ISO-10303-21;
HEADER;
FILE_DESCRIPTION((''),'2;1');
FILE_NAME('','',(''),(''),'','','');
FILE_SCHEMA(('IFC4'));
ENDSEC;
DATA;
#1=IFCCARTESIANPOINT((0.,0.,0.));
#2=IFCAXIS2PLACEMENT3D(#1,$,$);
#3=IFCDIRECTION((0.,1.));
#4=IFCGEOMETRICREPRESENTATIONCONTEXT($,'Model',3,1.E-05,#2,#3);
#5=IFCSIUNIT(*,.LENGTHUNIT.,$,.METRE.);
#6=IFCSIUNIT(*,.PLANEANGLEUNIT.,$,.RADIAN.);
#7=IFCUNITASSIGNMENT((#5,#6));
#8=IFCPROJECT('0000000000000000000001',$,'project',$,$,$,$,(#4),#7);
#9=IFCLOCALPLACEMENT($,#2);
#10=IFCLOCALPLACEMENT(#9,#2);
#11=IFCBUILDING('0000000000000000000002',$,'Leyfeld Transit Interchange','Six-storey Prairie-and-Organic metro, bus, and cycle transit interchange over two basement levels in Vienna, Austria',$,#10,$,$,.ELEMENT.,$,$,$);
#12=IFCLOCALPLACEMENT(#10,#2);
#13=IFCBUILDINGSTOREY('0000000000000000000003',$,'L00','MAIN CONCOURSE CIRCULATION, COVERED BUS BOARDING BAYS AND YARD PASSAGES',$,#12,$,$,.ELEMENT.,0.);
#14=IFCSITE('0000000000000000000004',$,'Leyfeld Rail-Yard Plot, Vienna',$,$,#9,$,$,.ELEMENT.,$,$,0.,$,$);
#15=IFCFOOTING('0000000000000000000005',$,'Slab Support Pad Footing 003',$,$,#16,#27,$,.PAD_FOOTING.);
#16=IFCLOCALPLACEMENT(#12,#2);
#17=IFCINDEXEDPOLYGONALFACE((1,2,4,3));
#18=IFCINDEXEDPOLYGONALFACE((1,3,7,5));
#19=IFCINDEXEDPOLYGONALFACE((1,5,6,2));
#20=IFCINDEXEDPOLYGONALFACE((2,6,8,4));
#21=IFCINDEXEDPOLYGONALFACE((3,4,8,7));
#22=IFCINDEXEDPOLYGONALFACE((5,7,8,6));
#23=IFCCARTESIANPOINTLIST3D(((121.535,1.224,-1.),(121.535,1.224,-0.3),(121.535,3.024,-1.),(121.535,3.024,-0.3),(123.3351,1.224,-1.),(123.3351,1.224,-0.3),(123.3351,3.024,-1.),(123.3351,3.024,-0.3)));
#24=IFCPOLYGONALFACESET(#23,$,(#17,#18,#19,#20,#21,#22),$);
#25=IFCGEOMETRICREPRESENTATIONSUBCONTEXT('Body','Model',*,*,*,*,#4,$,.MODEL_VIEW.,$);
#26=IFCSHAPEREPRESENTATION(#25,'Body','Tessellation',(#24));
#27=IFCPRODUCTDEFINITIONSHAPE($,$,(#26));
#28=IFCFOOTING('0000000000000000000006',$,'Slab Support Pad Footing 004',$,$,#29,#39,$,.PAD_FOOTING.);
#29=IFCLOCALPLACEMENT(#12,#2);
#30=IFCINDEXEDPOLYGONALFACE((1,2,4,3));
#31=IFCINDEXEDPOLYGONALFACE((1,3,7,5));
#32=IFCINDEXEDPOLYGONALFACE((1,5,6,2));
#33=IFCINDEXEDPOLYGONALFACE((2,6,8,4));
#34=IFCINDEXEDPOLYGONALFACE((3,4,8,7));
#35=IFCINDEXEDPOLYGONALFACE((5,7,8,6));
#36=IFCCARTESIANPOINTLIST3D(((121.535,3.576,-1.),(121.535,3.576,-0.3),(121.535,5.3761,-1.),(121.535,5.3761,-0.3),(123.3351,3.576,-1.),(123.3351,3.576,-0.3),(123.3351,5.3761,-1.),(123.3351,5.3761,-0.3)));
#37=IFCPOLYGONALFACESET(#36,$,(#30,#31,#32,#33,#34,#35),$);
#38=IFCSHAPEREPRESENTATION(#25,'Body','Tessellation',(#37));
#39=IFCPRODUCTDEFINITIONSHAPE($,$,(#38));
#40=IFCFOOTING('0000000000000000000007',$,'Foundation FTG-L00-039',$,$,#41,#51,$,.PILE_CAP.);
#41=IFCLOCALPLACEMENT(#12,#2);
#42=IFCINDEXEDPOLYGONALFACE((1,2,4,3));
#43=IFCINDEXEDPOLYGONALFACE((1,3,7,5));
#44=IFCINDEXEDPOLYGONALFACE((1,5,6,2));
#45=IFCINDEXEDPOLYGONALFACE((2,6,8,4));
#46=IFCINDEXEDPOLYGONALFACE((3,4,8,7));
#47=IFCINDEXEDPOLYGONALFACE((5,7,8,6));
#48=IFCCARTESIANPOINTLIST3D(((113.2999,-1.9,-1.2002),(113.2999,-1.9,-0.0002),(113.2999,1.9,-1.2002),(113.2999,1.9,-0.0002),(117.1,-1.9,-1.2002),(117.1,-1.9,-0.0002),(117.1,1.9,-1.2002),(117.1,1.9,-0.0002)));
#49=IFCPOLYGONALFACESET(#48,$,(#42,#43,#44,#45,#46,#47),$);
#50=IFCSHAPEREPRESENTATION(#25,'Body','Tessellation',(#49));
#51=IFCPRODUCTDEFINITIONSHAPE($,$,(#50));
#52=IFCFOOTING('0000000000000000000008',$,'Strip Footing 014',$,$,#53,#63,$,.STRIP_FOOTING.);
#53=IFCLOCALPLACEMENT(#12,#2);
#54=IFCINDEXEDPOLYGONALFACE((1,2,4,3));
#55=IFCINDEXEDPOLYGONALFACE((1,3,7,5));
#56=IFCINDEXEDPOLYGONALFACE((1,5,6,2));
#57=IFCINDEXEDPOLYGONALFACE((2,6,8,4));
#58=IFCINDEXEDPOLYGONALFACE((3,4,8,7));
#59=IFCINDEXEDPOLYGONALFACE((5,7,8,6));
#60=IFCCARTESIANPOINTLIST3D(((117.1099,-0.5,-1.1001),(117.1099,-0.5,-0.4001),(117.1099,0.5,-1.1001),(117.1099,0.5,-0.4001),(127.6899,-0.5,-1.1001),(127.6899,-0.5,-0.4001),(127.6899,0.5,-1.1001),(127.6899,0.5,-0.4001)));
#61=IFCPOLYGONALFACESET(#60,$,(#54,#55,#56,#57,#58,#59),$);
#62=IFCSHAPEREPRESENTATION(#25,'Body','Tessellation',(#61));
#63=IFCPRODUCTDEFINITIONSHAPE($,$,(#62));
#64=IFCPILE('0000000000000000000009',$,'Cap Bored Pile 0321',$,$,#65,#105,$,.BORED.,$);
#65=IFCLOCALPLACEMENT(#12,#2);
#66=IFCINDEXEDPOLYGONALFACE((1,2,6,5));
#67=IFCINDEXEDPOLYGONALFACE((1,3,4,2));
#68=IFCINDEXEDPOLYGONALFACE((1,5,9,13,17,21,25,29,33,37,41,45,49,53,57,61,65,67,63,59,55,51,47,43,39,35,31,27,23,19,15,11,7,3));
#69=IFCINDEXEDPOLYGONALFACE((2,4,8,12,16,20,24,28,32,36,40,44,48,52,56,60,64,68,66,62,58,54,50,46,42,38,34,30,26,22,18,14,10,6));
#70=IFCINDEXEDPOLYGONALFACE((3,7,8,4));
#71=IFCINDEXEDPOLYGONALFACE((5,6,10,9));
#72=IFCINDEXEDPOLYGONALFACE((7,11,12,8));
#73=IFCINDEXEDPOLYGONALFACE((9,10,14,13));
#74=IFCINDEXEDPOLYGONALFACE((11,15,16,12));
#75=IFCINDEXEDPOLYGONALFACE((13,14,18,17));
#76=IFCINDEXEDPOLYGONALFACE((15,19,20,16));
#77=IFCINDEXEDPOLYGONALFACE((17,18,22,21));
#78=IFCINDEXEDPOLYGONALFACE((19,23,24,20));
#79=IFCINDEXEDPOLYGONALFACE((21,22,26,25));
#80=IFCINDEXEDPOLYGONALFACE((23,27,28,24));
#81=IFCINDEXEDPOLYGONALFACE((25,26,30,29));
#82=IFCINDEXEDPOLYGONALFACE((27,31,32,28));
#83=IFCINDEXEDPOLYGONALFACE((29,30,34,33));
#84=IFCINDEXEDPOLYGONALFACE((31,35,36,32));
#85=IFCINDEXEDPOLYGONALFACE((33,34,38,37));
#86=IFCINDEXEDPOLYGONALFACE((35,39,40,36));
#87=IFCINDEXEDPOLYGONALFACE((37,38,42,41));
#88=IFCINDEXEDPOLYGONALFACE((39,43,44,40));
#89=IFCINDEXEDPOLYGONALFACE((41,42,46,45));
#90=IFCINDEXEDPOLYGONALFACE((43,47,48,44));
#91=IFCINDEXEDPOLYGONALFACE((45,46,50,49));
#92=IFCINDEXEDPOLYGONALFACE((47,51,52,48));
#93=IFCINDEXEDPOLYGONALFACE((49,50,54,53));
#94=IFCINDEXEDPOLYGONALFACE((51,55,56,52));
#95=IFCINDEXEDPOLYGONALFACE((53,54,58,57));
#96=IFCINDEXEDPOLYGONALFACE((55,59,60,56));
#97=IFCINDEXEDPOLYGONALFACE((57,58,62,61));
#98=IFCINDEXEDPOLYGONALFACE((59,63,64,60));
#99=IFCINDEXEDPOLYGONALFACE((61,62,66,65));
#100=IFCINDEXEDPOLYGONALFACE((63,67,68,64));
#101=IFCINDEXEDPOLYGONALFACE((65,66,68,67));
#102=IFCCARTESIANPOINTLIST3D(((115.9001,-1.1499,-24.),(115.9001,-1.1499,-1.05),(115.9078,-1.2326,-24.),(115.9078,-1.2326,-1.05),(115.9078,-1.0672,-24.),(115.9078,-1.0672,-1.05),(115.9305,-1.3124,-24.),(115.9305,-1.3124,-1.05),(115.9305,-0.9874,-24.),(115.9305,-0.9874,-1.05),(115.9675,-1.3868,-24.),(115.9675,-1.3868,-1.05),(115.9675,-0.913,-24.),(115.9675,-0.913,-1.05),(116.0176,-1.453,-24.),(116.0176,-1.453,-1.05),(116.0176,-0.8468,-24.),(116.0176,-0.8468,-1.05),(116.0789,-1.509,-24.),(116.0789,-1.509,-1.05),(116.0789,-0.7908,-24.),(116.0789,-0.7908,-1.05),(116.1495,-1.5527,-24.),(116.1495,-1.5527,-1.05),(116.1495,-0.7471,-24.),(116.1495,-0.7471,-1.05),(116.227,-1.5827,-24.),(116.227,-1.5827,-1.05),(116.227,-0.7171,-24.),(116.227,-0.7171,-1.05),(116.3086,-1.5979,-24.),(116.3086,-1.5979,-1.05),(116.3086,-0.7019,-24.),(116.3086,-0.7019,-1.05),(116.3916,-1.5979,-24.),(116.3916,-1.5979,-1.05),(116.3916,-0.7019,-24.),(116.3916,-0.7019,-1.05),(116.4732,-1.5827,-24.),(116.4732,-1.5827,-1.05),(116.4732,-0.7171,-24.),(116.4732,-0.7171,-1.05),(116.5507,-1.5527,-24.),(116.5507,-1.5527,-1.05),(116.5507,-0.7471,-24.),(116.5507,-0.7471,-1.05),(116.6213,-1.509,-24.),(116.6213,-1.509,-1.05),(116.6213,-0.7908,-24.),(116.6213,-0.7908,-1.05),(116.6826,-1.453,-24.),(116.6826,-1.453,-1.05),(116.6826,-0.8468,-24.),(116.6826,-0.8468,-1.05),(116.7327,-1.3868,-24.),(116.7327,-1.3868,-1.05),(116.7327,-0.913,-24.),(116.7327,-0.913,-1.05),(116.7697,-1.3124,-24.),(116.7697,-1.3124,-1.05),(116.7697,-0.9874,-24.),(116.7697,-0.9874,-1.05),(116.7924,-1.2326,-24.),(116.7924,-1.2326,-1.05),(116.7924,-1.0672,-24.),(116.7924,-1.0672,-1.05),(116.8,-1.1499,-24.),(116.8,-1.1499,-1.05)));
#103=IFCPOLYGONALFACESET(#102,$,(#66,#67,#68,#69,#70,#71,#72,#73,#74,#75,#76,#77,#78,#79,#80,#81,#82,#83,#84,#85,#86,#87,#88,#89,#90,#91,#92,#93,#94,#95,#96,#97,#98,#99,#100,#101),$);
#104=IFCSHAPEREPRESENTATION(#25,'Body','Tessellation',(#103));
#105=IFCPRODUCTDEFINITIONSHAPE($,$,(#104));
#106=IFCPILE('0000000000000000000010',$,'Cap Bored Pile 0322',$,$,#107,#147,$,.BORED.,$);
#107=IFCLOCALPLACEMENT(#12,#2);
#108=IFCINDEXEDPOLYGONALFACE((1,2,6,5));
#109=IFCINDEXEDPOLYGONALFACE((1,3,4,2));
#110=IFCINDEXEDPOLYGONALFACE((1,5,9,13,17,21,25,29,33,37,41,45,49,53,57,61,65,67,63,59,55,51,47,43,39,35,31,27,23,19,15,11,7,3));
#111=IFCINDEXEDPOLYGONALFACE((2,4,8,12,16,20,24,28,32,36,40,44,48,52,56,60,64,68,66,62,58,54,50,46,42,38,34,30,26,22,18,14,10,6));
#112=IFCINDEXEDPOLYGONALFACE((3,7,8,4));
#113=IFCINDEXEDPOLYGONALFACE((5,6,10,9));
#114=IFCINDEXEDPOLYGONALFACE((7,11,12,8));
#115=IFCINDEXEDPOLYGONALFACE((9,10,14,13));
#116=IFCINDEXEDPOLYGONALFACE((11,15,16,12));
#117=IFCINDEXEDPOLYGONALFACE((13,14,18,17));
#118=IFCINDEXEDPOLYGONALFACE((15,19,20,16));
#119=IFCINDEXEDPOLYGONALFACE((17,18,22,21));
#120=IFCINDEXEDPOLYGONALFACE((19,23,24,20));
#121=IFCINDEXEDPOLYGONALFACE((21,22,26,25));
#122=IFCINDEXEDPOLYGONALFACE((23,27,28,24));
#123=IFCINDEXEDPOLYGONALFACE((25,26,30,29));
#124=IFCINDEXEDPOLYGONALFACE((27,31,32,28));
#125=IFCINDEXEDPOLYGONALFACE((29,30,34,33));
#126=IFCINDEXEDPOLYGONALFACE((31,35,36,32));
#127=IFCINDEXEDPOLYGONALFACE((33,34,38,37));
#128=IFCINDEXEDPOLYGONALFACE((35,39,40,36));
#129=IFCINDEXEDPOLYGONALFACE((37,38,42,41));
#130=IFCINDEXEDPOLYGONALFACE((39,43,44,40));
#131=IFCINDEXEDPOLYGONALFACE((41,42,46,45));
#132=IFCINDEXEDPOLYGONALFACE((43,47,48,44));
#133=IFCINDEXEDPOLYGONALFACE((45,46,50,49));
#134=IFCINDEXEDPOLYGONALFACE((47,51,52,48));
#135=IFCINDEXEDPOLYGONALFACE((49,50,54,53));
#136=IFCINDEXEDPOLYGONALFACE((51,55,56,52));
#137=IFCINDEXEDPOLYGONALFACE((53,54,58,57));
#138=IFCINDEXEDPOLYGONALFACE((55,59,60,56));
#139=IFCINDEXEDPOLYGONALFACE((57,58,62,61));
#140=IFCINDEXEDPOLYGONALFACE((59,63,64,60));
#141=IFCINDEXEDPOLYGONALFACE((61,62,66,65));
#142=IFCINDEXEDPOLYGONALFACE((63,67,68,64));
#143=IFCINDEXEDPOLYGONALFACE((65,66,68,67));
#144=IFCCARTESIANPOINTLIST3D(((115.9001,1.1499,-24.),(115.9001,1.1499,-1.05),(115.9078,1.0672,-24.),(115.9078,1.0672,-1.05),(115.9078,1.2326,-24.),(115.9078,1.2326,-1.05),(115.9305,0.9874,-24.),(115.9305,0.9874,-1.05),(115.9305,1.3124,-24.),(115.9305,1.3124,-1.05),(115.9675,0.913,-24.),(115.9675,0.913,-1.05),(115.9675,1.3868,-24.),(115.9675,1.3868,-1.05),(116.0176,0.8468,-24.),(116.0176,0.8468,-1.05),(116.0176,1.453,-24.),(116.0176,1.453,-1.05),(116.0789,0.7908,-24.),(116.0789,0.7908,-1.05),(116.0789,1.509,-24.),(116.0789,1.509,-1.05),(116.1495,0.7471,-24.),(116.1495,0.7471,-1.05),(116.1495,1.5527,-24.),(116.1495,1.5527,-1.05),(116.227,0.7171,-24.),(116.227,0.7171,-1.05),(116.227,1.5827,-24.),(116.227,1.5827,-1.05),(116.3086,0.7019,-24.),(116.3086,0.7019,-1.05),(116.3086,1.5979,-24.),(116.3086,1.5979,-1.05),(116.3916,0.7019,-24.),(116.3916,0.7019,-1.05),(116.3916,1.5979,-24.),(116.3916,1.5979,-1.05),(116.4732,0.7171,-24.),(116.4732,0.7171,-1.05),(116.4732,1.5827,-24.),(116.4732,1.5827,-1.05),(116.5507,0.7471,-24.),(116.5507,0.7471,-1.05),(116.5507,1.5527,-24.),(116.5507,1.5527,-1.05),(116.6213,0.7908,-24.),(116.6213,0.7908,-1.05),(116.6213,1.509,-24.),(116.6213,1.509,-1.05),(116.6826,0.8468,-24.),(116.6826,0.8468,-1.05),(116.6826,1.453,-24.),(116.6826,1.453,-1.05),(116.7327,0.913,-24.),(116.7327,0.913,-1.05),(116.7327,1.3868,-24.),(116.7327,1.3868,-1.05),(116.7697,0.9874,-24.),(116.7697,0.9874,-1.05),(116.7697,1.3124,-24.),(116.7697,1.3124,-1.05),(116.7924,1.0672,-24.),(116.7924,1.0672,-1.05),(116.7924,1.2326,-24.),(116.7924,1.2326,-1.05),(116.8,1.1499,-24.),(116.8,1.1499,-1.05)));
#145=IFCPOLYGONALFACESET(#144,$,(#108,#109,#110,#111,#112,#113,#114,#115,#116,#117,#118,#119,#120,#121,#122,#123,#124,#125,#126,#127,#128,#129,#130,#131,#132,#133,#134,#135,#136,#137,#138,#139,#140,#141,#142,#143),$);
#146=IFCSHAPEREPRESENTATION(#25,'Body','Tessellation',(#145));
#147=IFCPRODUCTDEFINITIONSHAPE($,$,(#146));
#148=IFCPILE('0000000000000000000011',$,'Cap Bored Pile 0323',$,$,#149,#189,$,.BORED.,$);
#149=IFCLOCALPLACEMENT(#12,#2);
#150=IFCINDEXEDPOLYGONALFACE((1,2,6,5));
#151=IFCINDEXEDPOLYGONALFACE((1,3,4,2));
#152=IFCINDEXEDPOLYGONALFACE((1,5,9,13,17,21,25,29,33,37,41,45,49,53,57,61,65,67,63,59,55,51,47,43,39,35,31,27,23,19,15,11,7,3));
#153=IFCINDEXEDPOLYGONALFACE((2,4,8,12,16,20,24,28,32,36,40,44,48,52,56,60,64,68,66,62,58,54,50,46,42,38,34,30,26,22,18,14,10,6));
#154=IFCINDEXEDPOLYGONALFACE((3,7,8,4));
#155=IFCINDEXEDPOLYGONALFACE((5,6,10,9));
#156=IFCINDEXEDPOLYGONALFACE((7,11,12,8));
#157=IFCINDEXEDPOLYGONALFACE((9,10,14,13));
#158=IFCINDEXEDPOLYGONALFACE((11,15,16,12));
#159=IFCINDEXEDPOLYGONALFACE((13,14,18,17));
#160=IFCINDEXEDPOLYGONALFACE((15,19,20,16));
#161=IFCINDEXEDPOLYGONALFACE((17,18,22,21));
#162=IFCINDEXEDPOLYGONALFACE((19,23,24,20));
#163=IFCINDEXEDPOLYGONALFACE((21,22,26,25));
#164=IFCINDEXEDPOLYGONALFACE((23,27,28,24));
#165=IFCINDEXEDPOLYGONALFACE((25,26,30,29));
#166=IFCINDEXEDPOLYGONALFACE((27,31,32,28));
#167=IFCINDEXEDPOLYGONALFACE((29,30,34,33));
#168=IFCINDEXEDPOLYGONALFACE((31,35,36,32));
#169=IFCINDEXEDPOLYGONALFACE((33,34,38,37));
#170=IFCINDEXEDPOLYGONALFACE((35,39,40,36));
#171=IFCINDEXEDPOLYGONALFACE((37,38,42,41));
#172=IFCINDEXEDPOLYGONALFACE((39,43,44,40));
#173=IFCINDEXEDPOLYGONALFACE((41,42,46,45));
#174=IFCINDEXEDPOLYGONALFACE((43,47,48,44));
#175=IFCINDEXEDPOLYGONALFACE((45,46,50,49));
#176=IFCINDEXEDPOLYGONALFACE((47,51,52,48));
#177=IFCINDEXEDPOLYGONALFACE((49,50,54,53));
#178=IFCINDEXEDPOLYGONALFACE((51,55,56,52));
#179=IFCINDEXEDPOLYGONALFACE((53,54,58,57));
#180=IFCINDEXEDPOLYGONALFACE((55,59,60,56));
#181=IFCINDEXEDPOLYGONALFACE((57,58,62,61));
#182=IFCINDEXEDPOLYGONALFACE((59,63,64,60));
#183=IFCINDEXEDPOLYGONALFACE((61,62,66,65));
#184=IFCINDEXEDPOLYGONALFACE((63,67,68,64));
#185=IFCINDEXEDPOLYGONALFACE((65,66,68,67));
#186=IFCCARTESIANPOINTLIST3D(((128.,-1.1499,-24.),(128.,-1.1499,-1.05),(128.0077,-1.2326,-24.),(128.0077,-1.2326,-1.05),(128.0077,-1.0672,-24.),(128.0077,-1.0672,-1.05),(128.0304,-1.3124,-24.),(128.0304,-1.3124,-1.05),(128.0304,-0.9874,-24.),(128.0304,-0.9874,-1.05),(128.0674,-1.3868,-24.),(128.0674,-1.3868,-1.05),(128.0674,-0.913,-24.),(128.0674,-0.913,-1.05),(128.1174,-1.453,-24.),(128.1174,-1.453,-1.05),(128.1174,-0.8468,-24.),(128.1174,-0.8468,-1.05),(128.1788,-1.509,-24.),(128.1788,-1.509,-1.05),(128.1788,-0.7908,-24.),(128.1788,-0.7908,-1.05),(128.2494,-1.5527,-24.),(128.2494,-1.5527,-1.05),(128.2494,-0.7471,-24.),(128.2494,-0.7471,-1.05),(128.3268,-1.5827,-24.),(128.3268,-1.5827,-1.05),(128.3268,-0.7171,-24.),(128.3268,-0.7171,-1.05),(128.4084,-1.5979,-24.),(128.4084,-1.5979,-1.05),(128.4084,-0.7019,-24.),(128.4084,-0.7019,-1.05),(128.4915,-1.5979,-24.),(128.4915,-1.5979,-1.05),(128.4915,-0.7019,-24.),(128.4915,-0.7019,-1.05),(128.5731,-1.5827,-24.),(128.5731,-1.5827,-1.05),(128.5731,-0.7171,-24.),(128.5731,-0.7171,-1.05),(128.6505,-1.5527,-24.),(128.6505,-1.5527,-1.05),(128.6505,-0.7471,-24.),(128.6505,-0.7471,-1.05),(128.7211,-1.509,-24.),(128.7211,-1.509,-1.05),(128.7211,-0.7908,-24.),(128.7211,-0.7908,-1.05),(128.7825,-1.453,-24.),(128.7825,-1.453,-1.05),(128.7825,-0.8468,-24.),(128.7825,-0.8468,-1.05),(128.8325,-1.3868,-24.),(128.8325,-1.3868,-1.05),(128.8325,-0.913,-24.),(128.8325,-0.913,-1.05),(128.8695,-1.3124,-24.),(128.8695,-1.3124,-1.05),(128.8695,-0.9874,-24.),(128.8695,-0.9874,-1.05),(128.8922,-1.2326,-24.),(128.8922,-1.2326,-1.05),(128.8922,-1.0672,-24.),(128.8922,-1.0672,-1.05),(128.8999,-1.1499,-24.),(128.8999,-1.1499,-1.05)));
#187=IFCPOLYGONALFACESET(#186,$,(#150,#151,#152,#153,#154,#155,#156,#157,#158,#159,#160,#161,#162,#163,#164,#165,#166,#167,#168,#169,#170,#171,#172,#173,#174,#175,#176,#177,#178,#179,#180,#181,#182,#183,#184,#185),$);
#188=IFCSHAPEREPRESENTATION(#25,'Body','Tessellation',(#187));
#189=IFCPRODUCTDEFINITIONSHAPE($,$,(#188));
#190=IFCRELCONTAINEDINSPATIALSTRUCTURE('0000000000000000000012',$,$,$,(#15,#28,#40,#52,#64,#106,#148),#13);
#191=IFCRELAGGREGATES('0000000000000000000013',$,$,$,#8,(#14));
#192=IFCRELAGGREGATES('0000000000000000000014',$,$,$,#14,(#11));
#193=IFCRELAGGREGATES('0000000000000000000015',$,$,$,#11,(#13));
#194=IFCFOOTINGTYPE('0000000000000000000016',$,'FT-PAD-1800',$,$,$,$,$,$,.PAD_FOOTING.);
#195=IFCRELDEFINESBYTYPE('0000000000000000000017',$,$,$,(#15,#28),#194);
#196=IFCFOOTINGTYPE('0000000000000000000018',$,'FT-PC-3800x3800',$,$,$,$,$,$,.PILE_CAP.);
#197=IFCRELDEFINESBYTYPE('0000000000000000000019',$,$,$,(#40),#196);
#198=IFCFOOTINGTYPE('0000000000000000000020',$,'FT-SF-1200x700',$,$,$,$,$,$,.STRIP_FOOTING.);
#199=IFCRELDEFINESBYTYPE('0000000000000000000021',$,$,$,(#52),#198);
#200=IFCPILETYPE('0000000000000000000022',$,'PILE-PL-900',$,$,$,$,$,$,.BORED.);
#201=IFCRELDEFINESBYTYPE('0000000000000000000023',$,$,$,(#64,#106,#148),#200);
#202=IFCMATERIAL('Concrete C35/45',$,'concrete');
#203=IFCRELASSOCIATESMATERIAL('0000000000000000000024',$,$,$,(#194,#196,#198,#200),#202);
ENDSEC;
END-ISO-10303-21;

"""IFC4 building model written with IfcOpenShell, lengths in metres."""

from ifc_helpers import new_model, si_unit, direction, frame, origin, origin_2d, place, context, subcontext, project, spatial, rectangle, circle, extrude, material, material_profile, profile_set, type_object, element, save


model = new_model("IFC4")

# Units and contexts
model_context = context("Model", 3, precision=1e-05, world=origin(), true_north=direction((0.0, 1.0)))
body_context = subcontext(model_context, "Body", "Model", "MODEL_VIEW")
ifc_project = project(units=[si_unit("LENGTHUNIT", "METRE"), si_unit("PLANEANGLEUNIT", "RADIAN")], contexts=[model_context])

# Site, building, storey
site_placement = place(None, origin())
site = spatial("IfcSite", under=ifc_project, at=site_placement, Name="Leyfeld Rail-Yard Plot, Vienna", CompositionType="ELEMENT", RefElevation=0.0)
building_placement = place(site_placement, origin())
building = spatial("IfcBuilding", under=site, at=building_placement, Name="Leyfeld Transit Interchange", Description="Six-storey Prairie-and-Organic metro, bus, and cycle transit interchange over two basement levels in Vienna, Austria", CompositionType="ELEMENT")
storey_placement = place(building_placement, origin())
storey = spatial("IfcBuildingStorey", under=building, at=storey_placement, Name="L00", Description="MAIN CONCOURSE CIRCULATION, COVERED BUS BOARDING BAYS AND YARD PASSAGES", CompositionType="ELEMENT", Elevation=0.0)

# Footings
ifc_material_1 = material(Name="Concrete C35/45", Category="concrete")
footing_type_1 = type_object("IfcFootingType", Name="FT-PAD-1800", PredefinedType="PAD_FOOTING", material=ifc_material_1)
for number, where, z_axis, x_axis, name in (
    (1, (122.4351, 2.124, -1.0), (0.0, 0.0, 1.0), (1.0, 0.0, 0.0), "Slab Support Pad Footing 003"),
    (2, (122.4351, 4.4761, -1.0), (0.0, 0.0, 1.0), (1.0, 0.0, 0.0), "Slab Support Pad Footing 004"),
):
    element("IfcFooting", number, at=place(storey_placement, frame(where, z_axis=z_axis, x_axis=x_axis)), inside=storey, type_object=footing_type_1, Name=name, PredefinedType="PAD_FOOTING", context=body_context, shape_type="SweptSolid", body=[
        extrude(rectangle(XDim=1.8, YDim=1.8, at=origin_2d()), origin(), (0.0, 0.0, 1.0), 0.7),
    ])
footing_type_2 = type_object("IfcFootingType", Name="FT-PC-3800x3800", PredefinedType="PILE_CAP", material=ifc_material_1)
footing_1_placement = place(storey_placement, frame((115.2, 0.0, -1.2002), z_axis=(0.0, 0.0, 1.0), x_axis=(1.0, 0.0, 0.0)))
element("IfcFooting", 3, at=footing_1_placement, inside=storey, type_object=footing_type_2, Name="Foundation FTG-L00-039", PredefinedType="PILE_CAP", context=body_context, shape_type="SweptSolid", body=[
    extrude(rectangle(XDim=3.8, YDim=3.8, at=origin_2d()), origin(), (0.0, 0.0, 1.0), 1.2),
])
footing_type_3 = type_object("IfcFootingType", Name="FT-SF-1200x700", PredefinedType="STRIP_FOOTING", material=ifc_material_1)
footing_2_placement = place(storey_placement, frame((122.3999, 0.0, -1.1001), z_axis=(0.0, 0.0, 1.0), x_axis=(1.0, 0.0, 0.0)))
element("IfcFooting", 4, at=footing_2_placement, inside=storey, type_object=footing_type_3, Name="Strip Footing 014", PredefinedType="STRIP_FOOTING", context=body_context, shape_type="SweptSolid", body=[
    extrude(rectangle(XDim=10.5801, YDim=1.0, at=origin_2d()), origin(), (0.0, 0.0, 1.0), 0.7),
])

# Piles
ifc_material_profile_1 = material_profile(ifc_material_1, circle(Radius=0.45, at=origin_2d()), Name="PILE D900")
ifc_profile_set_1 = profile_set([ifc_material_profile_1], Name="Concrete C35/45")
pile_type = type_object("IfcPileType", Name="PILE-PL-900", PredefinedType="BORED", material=ifc_profile_set_1)
for number, where, z_axis, x_axis, name in (
    (5, (116.3501, -1.1499, -1.05), (0.0, 0.0, -1.0), (1.0, 0.0, 0.0), "Cap Bored Pile 0321"),
    (6, (116.3501, 1.1499, -1.05), (0.0, 0.0, -1.0), (1.0, 0.0, 0.0), "Cap Bored Pile 0322"),
    (7, (128.45, -1.1499, -1.05), (0.0, 0.0, -1.0), (1.0, 0.0, 0.0), "Cap Bored Pile 0323"),
):
    element("IfcPile", number, at=place(storey_placement, frame(where, z_axis=z_axis, x_axis=x_axis)), inside=storey, type_object=pile_type, Name=name, PredefinedType="BORED", context=body_context, shape_type="SweptSolid", body=[
        extrude(circle(Radius=0.45, at=origin_2d()), origin(), (0.0, 0.0, 1.0), 22.95),
    ])

save(model, "model.ifc")
